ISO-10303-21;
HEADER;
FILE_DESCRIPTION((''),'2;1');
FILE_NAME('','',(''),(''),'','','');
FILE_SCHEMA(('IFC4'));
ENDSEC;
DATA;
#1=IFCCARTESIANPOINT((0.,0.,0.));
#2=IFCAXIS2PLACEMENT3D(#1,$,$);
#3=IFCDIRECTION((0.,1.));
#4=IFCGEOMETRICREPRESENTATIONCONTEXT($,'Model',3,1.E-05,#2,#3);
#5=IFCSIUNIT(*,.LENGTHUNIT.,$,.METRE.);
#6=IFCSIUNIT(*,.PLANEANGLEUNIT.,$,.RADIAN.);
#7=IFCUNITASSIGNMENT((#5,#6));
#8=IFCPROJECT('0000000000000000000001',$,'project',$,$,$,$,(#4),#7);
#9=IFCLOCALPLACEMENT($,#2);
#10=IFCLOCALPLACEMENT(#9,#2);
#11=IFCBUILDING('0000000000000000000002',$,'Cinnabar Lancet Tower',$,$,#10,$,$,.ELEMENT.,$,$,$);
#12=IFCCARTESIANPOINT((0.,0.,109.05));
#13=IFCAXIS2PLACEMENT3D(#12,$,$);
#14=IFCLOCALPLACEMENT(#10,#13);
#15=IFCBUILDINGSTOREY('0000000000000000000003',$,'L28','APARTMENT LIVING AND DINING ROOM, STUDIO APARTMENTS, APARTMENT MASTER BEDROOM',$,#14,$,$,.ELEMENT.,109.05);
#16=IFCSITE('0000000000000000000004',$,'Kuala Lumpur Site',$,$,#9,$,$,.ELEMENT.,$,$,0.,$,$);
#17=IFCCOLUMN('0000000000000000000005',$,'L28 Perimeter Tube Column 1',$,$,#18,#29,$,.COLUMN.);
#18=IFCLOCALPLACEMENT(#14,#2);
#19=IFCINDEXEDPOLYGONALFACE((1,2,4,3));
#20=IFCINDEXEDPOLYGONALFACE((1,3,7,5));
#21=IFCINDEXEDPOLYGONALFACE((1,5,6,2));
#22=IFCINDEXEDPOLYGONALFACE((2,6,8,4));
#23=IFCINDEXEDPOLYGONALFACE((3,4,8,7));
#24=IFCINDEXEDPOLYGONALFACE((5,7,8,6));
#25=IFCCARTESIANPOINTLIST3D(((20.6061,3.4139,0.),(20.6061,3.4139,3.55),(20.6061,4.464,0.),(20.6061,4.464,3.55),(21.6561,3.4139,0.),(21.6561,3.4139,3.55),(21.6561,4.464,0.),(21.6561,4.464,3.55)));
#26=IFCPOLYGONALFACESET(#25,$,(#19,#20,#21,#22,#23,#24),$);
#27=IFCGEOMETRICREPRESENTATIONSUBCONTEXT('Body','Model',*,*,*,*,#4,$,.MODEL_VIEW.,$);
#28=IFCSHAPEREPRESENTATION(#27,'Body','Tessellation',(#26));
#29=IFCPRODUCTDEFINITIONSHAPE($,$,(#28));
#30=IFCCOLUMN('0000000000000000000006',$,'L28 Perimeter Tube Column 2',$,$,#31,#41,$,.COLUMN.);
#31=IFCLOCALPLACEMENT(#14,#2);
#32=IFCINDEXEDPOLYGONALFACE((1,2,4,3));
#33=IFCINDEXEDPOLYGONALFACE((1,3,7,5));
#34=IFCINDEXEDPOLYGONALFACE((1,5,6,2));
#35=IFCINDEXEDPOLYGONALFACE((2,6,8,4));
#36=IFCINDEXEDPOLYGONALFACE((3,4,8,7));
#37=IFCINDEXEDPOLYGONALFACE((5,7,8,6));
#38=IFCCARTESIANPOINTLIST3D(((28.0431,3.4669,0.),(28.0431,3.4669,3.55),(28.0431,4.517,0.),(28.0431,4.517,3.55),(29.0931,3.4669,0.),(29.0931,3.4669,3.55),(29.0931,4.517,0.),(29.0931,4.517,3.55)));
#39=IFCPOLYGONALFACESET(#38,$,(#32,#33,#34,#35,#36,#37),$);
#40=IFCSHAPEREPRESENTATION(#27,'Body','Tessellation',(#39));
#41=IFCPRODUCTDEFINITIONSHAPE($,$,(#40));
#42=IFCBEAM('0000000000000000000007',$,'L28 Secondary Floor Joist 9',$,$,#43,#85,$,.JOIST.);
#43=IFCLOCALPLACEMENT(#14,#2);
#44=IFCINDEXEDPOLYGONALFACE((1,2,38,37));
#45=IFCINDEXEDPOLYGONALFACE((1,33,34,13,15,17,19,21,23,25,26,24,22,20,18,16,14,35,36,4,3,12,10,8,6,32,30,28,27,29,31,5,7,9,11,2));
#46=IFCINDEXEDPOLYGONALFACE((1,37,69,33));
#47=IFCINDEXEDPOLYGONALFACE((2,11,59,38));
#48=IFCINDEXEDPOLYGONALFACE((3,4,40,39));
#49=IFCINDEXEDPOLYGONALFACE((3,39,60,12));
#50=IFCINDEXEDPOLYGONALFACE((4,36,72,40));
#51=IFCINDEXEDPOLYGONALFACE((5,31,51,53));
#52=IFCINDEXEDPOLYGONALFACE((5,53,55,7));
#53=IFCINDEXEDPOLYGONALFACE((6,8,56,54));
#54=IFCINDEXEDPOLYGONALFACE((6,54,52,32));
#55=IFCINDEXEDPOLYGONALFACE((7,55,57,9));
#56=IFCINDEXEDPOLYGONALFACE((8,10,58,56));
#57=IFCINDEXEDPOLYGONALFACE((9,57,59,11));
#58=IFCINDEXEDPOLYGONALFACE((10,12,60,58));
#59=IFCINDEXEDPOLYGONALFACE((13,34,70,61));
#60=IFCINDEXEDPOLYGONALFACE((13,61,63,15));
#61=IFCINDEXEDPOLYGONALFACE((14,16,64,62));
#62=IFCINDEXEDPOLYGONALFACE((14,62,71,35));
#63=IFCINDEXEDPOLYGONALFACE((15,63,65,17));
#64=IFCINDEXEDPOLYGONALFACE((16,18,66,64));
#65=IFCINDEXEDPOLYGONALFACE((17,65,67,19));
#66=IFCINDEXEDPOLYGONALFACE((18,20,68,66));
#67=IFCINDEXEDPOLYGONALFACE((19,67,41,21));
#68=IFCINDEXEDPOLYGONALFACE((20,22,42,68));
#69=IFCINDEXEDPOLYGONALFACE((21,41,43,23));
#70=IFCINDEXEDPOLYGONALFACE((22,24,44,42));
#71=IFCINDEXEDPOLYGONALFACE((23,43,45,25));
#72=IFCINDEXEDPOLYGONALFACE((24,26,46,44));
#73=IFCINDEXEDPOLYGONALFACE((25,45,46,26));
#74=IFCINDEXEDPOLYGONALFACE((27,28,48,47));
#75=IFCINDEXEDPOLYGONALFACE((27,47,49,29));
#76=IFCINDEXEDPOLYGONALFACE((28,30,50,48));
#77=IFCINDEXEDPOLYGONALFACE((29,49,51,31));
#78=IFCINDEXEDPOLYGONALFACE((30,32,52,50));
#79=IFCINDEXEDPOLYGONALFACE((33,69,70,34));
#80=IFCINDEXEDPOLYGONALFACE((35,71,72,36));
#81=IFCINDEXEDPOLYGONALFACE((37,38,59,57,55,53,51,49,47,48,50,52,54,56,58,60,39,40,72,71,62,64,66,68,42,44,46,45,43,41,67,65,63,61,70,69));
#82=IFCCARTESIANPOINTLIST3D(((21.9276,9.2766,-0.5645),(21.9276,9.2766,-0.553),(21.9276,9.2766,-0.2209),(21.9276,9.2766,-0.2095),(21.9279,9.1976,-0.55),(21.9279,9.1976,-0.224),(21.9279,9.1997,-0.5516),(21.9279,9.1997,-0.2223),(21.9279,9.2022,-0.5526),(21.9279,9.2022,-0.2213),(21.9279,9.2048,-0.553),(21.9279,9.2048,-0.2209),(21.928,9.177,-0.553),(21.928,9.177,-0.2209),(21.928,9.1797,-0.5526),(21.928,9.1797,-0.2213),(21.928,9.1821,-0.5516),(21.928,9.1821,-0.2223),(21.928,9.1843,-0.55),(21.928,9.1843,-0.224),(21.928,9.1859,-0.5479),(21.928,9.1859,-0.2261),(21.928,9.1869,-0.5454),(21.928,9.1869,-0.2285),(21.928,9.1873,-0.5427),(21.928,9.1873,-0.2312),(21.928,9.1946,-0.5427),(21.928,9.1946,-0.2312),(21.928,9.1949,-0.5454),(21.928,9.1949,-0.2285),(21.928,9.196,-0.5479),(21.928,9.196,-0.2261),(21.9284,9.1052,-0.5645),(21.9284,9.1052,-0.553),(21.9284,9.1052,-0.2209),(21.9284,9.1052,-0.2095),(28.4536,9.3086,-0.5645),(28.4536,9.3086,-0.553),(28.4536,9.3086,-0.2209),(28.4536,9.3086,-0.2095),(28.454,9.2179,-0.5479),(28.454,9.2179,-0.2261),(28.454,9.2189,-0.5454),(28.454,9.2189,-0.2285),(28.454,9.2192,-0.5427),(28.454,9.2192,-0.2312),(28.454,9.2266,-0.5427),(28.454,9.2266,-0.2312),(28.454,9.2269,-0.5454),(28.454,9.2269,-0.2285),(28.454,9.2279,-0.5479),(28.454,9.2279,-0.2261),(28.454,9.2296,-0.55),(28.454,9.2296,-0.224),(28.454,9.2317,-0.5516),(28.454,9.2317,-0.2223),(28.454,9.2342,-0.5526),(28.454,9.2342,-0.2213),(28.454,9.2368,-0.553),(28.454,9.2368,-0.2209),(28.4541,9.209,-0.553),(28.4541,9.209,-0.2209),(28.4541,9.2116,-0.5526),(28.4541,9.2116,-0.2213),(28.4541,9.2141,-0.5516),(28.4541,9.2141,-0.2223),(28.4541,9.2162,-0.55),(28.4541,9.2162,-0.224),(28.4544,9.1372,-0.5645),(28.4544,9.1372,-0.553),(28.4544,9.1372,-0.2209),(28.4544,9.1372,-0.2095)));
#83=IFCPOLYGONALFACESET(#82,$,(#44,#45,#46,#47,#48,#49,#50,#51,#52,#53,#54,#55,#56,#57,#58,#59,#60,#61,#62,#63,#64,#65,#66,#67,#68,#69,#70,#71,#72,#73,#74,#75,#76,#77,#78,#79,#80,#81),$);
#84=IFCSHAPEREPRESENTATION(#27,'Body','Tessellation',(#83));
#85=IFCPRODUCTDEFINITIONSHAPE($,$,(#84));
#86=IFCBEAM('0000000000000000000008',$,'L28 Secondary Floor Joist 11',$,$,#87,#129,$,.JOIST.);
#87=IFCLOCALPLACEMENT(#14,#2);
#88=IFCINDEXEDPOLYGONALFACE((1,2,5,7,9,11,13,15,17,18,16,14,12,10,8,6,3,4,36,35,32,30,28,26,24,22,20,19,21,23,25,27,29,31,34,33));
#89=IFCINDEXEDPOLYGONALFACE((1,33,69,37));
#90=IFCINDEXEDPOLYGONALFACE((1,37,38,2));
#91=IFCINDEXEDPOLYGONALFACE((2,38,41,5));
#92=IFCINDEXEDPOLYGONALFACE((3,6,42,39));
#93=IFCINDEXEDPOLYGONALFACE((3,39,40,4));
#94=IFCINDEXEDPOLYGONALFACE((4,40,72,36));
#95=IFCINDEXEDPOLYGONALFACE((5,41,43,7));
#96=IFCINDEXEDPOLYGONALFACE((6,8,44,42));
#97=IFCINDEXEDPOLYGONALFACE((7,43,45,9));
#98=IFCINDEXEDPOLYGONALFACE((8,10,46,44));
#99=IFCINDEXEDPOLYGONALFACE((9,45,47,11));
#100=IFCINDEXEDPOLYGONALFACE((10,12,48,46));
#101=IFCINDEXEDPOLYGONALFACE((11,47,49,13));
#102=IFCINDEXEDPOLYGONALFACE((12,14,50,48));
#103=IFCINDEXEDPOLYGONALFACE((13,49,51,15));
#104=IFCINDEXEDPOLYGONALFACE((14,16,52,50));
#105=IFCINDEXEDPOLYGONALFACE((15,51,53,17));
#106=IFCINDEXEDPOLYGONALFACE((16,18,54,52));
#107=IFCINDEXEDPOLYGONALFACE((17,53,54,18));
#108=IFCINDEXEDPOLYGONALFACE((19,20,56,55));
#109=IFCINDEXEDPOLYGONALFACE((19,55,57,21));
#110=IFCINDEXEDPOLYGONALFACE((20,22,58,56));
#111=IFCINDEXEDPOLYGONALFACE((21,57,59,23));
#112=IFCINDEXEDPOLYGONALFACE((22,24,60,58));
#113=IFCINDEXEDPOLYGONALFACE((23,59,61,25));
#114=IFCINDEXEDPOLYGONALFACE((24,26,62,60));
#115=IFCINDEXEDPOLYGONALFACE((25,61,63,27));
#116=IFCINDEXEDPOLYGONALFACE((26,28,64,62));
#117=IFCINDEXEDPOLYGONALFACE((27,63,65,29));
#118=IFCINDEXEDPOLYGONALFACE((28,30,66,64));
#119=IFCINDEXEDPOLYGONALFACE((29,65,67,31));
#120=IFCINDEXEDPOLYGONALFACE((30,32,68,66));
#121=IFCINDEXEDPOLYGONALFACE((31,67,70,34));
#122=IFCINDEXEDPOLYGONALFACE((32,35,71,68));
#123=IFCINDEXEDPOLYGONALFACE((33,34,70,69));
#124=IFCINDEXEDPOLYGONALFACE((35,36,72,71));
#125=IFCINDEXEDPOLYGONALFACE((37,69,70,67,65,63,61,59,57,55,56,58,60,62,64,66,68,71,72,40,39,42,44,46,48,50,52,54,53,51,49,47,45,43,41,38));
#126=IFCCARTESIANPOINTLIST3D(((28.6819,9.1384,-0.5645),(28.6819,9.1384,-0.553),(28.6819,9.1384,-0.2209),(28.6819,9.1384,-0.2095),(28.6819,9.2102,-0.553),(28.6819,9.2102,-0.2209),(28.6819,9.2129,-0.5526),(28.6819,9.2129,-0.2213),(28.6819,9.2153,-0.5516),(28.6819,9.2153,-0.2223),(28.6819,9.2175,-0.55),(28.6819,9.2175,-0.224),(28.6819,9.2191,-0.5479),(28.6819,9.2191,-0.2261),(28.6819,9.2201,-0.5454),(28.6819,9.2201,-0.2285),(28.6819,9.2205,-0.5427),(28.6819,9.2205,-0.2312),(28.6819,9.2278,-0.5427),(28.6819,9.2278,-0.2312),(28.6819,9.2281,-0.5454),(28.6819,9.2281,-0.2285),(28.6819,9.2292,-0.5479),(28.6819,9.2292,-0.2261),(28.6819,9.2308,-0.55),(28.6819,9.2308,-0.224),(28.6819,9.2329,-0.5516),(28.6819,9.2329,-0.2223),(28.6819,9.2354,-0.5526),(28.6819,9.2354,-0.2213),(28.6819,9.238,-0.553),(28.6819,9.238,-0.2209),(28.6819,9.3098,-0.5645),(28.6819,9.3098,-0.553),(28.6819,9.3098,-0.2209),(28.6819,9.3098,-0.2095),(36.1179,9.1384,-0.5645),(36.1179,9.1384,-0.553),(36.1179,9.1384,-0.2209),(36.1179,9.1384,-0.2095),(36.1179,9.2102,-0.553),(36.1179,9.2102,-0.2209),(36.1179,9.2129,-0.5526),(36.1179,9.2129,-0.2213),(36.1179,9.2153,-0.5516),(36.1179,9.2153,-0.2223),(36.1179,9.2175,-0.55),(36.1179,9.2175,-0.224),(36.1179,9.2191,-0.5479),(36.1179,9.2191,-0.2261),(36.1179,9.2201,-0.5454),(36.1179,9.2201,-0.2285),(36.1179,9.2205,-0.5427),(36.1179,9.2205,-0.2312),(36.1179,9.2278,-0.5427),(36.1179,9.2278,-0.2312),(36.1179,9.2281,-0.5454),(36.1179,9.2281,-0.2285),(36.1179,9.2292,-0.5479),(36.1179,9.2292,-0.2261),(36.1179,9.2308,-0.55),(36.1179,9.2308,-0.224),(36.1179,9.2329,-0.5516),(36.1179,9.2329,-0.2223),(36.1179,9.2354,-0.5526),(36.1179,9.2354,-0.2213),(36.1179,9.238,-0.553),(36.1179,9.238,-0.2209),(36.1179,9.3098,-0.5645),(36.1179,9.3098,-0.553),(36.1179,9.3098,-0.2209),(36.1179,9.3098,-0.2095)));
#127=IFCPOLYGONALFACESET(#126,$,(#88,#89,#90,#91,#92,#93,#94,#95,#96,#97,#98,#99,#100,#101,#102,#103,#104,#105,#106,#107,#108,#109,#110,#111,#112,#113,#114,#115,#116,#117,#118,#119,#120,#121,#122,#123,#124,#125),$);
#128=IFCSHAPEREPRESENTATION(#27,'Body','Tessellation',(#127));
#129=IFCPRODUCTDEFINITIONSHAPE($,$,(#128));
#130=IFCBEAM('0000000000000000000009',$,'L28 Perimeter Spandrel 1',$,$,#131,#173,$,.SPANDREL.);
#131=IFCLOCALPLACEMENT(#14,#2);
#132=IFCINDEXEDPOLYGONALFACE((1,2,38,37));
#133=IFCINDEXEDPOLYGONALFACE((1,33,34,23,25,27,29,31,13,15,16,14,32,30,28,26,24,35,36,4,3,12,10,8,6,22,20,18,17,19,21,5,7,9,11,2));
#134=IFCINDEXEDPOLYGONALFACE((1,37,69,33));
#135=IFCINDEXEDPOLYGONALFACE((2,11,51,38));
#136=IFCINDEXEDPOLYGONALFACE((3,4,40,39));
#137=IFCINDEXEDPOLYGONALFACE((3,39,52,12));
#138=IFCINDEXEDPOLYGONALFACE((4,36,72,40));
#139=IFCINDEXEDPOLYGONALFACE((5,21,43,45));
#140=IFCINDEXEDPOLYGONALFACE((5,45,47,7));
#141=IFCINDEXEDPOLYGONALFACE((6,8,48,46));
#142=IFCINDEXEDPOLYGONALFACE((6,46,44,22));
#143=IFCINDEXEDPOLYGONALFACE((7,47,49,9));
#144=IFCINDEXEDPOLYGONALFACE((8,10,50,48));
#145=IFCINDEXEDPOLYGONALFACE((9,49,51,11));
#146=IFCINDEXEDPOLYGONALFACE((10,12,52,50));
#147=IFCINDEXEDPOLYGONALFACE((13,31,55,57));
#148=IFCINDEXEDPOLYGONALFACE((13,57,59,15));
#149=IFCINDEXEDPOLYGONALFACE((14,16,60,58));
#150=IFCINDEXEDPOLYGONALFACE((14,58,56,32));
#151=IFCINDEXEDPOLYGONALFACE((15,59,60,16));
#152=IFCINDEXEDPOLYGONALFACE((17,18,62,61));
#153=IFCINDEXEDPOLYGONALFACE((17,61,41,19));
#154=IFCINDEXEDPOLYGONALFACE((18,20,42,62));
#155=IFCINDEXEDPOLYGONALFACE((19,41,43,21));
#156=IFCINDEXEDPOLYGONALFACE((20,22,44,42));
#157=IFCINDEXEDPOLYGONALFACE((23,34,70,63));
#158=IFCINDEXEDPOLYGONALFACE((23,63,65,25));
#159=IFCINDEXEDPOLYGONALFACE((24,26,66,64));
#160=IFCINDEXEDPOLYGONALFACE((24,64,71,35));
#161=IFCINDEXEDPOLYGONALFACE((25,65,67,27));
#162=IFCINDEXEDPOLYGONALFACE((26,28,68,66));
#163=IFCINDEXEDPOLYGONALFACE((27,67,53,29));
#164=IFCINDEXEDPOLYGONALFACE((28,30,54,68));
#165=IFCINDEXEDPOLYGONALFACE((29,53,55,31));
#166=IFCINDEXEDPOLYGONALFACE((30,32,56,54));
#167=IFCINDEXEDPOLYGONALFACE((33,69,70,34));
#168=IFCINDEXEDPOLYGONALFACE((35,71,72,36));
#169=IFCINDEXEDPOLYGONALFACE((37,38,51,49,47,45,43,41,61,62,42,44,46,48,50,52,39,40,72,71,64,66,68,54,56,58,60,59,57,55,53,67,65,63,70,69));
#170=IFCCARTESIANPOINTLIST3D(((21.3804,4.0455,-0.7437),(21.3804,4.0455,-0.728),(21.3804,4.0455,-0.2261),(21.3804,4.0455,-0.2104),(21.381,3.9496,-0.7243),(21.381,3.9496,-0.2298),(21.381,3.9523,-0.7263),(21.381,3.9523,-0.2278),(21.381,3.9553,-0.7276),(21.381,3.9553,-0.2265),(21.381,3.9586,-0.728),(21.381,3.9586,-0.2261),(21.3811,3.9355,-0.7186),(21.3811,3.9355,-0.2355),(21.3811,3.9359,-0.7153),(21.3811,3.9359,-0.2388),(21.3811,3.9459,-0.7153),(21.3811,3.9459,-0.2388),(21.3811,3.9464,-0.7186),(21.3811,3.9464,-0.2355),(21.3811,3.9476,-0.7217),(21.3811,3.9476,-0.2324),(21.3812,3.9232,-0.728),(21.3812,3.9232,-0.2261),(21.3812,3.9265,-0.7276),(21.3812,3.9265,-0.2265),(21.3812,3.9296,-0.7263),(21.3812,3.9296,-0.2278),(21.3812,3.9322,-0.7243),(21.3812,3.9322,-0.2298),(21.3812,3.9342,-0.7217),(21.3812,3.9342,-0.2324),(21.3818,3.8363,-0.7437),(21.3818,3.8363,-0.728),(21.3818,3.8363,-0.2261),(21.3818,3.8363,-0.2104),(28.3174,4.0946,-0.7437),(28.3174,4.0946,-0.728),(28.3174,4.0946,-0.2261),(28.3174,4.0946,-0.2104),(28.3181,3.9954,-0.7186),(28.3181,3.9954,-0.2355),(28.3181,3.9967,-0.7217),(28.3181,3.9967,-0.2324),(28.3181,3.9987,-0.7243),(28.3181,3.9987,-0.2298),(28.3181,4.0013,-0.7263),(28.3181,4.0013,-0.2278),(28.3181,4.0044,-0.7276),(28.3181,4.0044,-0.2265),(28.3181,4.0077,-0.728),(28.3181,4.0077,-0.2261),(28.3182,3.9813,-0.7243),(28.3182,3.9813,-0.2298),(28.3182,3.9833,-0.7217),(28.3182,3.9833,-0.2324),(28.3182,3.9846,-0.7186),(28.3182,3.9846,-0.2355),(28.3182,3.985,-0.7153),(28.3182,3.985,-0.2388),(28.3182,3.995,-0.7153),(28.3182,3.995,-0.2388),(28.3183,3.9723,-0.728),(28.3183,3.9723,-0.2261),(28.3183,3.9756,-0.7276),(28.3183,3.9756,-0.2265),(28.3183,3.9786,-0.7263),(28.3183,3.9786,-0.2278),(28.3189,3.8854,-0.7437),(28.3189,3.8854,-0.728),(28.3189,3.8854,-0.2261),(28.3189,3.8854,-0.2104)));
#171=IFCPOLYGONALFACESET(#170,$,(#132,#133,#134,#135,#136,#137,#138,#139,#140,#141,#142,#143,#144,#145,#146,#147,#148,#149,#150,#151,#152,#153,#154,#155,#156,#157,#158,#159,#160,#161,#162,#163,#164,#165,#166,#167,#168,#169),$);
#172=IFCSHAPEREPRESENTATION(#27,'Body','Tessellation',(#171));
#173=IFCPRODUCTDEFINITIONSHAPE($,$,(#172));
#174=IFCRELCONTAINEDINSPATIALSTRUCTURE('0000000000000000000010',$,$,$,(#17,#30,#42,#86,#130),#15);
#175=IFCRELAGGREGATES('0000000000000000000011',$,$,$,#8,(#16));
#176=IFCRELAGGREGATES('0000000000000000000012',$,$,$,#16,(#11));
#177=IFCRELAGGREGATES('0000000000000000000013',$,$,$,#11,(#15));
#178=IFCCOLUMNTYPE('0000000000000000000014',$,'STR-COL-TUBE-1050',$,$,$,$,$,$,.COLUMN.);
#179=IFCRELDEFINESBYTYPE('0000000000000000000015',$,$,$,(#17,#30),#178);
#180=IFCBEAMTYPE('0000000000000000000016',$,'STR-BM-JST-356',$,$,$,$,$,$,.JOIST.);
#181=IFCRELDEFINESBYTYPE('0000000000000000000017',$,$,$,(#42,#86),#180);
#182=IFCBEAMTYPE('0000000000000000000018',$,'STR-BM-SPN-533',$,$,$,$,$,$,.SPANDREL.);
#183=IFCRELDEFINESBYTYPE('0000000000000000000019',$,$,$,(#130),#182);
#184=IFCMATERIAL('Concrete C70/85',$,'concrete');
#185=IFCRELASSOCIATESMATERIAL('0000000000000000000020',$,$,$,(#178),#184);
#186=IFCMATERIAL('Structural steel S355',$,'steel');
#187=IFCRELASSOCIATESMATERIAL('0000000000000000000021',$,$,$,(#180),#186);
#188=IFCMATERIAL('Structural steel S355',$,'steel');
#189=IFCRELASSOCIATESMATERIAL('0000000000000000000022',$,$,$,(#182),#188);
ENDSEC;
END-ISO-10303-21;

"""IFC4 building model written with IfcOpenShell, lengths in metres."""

from ifc_helpers import new_model, si_unit, direction, frame, origin, origin_2d, place, context, subcontext, project, spatial, rectangle, i_section, extrude, material, material_profile, profile_set, type_object, element, save


model = new_model("IFC4")

# Units and contexts
model_context = context("Model", 3, precision=1e-05, world=origin(), true_north=direction((0.0, 1.0)))
body_context = subcontext(model_context, "Body", "Model", "MODEL_VIEW")
ifc_project = project(units=[si_unit("LENGTHUNIT", "METRE"), si_unit("PLANEANGLEUNIT", "RADIAN")], contexts=[model_context])

# Site, building, storey
site_placement = place(None, origin())
site = spatial("IfcSite", under=ifc_project, at=site_placement, Name="Kuala Lumpur Site", CompositionType="ELEMENT", RefElevation=0.0)
building_placement = place(site_placement, origin())
building = spatial("IfcBuilding", under=site, at=building_placement, Name="Cinnabar Lancet Tower", CompositionType="ELEMENT")
storey_placement = place(building_placement, frame((0.0, 0.0, 109.05)))
storey = spatial("IfcBuildingStorey", under=building, at=storey_placement, Name="L28", Description="APARTMENT LIVING AND DINING ROOM, STUDIO APARTMENTS, APARTMENT MASTER BEDROOM", CompositionType="ELEMENT", Elevation=109.05)

# Columns
ifc_material_1 = material(Name="Concrete C70/85", Category="concrete")
ifc_material_profile_1 = material_profile(ifc_material_1, rectangle(XDim=1.05, YDim=1.05, at=origin_2d()), Name="RC-COL 1050x1050")
ifc_profile_set_1 = profile_set([ifc_material_profile_1], Name="Concrete C70/85")
column_type = type_object("IfcColumnType", Name="STR-COL-TUBE-1050", PredefinedType="COLUMN", material=ifc_profile_set_1)
for number, where, z_axis, x_axis, name in (
    (1, (21.1311, 3.939, 0.0), (0.0, 0.0, 1.0), (1.0, 0.0, 0.0), "L28 Perimeter Tube Column 1"),
    (2, (28.5681, 3.9919, 0.0), (0.0, 0.0, 1.0), (1.0, 0.0, 0.0), "L28 Perimeter Tube Column 2"),
):
    element("IfcColumn", number, at=place(storey_placement, frame(where, z_axis=z_axis, x_axis=x_axis)), inside=storey, type_object=column_type, Name=name, PredefinedType="COLUMN", context=body_context, shape_type="SweptSolid", body=[
        extrude(rectangle(XDim=1.05, YDim=1.05, at=origin_2d()), origin(), (0.0, 0.0, 1.0), 3.55),
    ])

# Beams
ifc_material_2 = material(Name="Structural steel S355", Category="steel")
ifc_material_profile_2 = material_profile(ifc_material_2, i_section(OverallWidth=0.1714, OverallDepth=0.355, WebThickness=0.0073, FlangeThickness=0.0115, FilletRadius=0.0103, at=origin_2d()), Name="UKB 356x171x51")
ifc_profile_set_2 = profile_set([ifc_material_profile_2], Name="Structural steel S355")
beam_type_1 = type_object("IfcBeamType", Name="STR-BM-JST-356", PredefinedType="JOIST", material=ifc_profile_set_2)
beam_1_placement = place(storey_placement, frame((21.928, 9.1909, -0.387), z_axis=(0.999988, 0.004901, 0.0), x_axis=(-0.004901, 0.999988, 0.0)))
element("IfcBeam", 3, at=beam_1_placement, inside=storey, type_object=beam_type_1, Name="L28 Secondary Floor Joist 9", PredefinedType="JOIST", context=body_context, shape_type="SweptSolid", body=[
    extrude(i_section(OverallWidth=0.1714, OverallDepth=0.355, WebThickness=0.0073, FlangeThickness=0.0115, FilletRadius=0.0103, at=origin_2d()), origin(), (0.0, 0.0, 1.0), 6.5261),
])
beam_2_placement = place(storey_placement, frame((28.6819, 9.2241, -0.387), z_axis=(1.0, 0.0, 0.0), x_axis=(0.0, 1.0, 0.0)))
element("IfcBeam", 4, at=beam_2_placement, inside=storey, type_object=beam_type_1, Name="L28 Secondary Floor Joist 11", PredefinedType="JOIST", context=body_context, shape_type="SweptSolid", body=[
    extrude(i_section(OverallWidth=0.1714, OverallDepth=0.355, WebThickness=0.0073, FlangeThickness=0.0115, FilletRadius=0.0103, at=origin_2d()), origin(), (0.0, 0.0, 1.0), 7.436),
])
ifc_material_3 = material(Name="Structural steel S355", Category="steel")
ifc_material_profile_3 = material_profile(ifc_material_3, i_section(OverallWidth=0.2092, OverallDepth=0.5332, WebThickness=0.01, FlangeThickness=0.0156, FilletRadius=0.0127, at=origin_2d()), Name="UKB 533x210x92")
ifc_profile_set_3 = profile_set([ifc_material_profile_3], Name="Structural steel S355")
beam_type_2 = type_object("IfcBeamType", Name="STR-BM-SPN-533", PredefinedType="SPANDREL", material=ifc_profile_set_3)
beam_3_placement = place(storey_placement, frame((21.3811, 3.9409, -0.4771), z_axis=(0.999975, 0.007074, 0.0), x_axis=(-0.007074, 0.999975, 0.0)))
element("IfcBeam", 5, at=beam_3_placement, inside=storey, type_object=beam_type_2, Name="L28 Perimeter Spandrel 1", PredefinedType="SPANDREL", context=body_context, shape_type="SweptSolid", body=[
    extrude(i_section(OverallWidth=0.2092, OverallDepth=0.5332, WebThickness=0.01, FlangeThickness=0.0156, FilletRadius=0.0127, at=origin_2d()), origin(), (0.0, 0.0, 1.0), 6.9373),
])

save(model, "model.ifc")
